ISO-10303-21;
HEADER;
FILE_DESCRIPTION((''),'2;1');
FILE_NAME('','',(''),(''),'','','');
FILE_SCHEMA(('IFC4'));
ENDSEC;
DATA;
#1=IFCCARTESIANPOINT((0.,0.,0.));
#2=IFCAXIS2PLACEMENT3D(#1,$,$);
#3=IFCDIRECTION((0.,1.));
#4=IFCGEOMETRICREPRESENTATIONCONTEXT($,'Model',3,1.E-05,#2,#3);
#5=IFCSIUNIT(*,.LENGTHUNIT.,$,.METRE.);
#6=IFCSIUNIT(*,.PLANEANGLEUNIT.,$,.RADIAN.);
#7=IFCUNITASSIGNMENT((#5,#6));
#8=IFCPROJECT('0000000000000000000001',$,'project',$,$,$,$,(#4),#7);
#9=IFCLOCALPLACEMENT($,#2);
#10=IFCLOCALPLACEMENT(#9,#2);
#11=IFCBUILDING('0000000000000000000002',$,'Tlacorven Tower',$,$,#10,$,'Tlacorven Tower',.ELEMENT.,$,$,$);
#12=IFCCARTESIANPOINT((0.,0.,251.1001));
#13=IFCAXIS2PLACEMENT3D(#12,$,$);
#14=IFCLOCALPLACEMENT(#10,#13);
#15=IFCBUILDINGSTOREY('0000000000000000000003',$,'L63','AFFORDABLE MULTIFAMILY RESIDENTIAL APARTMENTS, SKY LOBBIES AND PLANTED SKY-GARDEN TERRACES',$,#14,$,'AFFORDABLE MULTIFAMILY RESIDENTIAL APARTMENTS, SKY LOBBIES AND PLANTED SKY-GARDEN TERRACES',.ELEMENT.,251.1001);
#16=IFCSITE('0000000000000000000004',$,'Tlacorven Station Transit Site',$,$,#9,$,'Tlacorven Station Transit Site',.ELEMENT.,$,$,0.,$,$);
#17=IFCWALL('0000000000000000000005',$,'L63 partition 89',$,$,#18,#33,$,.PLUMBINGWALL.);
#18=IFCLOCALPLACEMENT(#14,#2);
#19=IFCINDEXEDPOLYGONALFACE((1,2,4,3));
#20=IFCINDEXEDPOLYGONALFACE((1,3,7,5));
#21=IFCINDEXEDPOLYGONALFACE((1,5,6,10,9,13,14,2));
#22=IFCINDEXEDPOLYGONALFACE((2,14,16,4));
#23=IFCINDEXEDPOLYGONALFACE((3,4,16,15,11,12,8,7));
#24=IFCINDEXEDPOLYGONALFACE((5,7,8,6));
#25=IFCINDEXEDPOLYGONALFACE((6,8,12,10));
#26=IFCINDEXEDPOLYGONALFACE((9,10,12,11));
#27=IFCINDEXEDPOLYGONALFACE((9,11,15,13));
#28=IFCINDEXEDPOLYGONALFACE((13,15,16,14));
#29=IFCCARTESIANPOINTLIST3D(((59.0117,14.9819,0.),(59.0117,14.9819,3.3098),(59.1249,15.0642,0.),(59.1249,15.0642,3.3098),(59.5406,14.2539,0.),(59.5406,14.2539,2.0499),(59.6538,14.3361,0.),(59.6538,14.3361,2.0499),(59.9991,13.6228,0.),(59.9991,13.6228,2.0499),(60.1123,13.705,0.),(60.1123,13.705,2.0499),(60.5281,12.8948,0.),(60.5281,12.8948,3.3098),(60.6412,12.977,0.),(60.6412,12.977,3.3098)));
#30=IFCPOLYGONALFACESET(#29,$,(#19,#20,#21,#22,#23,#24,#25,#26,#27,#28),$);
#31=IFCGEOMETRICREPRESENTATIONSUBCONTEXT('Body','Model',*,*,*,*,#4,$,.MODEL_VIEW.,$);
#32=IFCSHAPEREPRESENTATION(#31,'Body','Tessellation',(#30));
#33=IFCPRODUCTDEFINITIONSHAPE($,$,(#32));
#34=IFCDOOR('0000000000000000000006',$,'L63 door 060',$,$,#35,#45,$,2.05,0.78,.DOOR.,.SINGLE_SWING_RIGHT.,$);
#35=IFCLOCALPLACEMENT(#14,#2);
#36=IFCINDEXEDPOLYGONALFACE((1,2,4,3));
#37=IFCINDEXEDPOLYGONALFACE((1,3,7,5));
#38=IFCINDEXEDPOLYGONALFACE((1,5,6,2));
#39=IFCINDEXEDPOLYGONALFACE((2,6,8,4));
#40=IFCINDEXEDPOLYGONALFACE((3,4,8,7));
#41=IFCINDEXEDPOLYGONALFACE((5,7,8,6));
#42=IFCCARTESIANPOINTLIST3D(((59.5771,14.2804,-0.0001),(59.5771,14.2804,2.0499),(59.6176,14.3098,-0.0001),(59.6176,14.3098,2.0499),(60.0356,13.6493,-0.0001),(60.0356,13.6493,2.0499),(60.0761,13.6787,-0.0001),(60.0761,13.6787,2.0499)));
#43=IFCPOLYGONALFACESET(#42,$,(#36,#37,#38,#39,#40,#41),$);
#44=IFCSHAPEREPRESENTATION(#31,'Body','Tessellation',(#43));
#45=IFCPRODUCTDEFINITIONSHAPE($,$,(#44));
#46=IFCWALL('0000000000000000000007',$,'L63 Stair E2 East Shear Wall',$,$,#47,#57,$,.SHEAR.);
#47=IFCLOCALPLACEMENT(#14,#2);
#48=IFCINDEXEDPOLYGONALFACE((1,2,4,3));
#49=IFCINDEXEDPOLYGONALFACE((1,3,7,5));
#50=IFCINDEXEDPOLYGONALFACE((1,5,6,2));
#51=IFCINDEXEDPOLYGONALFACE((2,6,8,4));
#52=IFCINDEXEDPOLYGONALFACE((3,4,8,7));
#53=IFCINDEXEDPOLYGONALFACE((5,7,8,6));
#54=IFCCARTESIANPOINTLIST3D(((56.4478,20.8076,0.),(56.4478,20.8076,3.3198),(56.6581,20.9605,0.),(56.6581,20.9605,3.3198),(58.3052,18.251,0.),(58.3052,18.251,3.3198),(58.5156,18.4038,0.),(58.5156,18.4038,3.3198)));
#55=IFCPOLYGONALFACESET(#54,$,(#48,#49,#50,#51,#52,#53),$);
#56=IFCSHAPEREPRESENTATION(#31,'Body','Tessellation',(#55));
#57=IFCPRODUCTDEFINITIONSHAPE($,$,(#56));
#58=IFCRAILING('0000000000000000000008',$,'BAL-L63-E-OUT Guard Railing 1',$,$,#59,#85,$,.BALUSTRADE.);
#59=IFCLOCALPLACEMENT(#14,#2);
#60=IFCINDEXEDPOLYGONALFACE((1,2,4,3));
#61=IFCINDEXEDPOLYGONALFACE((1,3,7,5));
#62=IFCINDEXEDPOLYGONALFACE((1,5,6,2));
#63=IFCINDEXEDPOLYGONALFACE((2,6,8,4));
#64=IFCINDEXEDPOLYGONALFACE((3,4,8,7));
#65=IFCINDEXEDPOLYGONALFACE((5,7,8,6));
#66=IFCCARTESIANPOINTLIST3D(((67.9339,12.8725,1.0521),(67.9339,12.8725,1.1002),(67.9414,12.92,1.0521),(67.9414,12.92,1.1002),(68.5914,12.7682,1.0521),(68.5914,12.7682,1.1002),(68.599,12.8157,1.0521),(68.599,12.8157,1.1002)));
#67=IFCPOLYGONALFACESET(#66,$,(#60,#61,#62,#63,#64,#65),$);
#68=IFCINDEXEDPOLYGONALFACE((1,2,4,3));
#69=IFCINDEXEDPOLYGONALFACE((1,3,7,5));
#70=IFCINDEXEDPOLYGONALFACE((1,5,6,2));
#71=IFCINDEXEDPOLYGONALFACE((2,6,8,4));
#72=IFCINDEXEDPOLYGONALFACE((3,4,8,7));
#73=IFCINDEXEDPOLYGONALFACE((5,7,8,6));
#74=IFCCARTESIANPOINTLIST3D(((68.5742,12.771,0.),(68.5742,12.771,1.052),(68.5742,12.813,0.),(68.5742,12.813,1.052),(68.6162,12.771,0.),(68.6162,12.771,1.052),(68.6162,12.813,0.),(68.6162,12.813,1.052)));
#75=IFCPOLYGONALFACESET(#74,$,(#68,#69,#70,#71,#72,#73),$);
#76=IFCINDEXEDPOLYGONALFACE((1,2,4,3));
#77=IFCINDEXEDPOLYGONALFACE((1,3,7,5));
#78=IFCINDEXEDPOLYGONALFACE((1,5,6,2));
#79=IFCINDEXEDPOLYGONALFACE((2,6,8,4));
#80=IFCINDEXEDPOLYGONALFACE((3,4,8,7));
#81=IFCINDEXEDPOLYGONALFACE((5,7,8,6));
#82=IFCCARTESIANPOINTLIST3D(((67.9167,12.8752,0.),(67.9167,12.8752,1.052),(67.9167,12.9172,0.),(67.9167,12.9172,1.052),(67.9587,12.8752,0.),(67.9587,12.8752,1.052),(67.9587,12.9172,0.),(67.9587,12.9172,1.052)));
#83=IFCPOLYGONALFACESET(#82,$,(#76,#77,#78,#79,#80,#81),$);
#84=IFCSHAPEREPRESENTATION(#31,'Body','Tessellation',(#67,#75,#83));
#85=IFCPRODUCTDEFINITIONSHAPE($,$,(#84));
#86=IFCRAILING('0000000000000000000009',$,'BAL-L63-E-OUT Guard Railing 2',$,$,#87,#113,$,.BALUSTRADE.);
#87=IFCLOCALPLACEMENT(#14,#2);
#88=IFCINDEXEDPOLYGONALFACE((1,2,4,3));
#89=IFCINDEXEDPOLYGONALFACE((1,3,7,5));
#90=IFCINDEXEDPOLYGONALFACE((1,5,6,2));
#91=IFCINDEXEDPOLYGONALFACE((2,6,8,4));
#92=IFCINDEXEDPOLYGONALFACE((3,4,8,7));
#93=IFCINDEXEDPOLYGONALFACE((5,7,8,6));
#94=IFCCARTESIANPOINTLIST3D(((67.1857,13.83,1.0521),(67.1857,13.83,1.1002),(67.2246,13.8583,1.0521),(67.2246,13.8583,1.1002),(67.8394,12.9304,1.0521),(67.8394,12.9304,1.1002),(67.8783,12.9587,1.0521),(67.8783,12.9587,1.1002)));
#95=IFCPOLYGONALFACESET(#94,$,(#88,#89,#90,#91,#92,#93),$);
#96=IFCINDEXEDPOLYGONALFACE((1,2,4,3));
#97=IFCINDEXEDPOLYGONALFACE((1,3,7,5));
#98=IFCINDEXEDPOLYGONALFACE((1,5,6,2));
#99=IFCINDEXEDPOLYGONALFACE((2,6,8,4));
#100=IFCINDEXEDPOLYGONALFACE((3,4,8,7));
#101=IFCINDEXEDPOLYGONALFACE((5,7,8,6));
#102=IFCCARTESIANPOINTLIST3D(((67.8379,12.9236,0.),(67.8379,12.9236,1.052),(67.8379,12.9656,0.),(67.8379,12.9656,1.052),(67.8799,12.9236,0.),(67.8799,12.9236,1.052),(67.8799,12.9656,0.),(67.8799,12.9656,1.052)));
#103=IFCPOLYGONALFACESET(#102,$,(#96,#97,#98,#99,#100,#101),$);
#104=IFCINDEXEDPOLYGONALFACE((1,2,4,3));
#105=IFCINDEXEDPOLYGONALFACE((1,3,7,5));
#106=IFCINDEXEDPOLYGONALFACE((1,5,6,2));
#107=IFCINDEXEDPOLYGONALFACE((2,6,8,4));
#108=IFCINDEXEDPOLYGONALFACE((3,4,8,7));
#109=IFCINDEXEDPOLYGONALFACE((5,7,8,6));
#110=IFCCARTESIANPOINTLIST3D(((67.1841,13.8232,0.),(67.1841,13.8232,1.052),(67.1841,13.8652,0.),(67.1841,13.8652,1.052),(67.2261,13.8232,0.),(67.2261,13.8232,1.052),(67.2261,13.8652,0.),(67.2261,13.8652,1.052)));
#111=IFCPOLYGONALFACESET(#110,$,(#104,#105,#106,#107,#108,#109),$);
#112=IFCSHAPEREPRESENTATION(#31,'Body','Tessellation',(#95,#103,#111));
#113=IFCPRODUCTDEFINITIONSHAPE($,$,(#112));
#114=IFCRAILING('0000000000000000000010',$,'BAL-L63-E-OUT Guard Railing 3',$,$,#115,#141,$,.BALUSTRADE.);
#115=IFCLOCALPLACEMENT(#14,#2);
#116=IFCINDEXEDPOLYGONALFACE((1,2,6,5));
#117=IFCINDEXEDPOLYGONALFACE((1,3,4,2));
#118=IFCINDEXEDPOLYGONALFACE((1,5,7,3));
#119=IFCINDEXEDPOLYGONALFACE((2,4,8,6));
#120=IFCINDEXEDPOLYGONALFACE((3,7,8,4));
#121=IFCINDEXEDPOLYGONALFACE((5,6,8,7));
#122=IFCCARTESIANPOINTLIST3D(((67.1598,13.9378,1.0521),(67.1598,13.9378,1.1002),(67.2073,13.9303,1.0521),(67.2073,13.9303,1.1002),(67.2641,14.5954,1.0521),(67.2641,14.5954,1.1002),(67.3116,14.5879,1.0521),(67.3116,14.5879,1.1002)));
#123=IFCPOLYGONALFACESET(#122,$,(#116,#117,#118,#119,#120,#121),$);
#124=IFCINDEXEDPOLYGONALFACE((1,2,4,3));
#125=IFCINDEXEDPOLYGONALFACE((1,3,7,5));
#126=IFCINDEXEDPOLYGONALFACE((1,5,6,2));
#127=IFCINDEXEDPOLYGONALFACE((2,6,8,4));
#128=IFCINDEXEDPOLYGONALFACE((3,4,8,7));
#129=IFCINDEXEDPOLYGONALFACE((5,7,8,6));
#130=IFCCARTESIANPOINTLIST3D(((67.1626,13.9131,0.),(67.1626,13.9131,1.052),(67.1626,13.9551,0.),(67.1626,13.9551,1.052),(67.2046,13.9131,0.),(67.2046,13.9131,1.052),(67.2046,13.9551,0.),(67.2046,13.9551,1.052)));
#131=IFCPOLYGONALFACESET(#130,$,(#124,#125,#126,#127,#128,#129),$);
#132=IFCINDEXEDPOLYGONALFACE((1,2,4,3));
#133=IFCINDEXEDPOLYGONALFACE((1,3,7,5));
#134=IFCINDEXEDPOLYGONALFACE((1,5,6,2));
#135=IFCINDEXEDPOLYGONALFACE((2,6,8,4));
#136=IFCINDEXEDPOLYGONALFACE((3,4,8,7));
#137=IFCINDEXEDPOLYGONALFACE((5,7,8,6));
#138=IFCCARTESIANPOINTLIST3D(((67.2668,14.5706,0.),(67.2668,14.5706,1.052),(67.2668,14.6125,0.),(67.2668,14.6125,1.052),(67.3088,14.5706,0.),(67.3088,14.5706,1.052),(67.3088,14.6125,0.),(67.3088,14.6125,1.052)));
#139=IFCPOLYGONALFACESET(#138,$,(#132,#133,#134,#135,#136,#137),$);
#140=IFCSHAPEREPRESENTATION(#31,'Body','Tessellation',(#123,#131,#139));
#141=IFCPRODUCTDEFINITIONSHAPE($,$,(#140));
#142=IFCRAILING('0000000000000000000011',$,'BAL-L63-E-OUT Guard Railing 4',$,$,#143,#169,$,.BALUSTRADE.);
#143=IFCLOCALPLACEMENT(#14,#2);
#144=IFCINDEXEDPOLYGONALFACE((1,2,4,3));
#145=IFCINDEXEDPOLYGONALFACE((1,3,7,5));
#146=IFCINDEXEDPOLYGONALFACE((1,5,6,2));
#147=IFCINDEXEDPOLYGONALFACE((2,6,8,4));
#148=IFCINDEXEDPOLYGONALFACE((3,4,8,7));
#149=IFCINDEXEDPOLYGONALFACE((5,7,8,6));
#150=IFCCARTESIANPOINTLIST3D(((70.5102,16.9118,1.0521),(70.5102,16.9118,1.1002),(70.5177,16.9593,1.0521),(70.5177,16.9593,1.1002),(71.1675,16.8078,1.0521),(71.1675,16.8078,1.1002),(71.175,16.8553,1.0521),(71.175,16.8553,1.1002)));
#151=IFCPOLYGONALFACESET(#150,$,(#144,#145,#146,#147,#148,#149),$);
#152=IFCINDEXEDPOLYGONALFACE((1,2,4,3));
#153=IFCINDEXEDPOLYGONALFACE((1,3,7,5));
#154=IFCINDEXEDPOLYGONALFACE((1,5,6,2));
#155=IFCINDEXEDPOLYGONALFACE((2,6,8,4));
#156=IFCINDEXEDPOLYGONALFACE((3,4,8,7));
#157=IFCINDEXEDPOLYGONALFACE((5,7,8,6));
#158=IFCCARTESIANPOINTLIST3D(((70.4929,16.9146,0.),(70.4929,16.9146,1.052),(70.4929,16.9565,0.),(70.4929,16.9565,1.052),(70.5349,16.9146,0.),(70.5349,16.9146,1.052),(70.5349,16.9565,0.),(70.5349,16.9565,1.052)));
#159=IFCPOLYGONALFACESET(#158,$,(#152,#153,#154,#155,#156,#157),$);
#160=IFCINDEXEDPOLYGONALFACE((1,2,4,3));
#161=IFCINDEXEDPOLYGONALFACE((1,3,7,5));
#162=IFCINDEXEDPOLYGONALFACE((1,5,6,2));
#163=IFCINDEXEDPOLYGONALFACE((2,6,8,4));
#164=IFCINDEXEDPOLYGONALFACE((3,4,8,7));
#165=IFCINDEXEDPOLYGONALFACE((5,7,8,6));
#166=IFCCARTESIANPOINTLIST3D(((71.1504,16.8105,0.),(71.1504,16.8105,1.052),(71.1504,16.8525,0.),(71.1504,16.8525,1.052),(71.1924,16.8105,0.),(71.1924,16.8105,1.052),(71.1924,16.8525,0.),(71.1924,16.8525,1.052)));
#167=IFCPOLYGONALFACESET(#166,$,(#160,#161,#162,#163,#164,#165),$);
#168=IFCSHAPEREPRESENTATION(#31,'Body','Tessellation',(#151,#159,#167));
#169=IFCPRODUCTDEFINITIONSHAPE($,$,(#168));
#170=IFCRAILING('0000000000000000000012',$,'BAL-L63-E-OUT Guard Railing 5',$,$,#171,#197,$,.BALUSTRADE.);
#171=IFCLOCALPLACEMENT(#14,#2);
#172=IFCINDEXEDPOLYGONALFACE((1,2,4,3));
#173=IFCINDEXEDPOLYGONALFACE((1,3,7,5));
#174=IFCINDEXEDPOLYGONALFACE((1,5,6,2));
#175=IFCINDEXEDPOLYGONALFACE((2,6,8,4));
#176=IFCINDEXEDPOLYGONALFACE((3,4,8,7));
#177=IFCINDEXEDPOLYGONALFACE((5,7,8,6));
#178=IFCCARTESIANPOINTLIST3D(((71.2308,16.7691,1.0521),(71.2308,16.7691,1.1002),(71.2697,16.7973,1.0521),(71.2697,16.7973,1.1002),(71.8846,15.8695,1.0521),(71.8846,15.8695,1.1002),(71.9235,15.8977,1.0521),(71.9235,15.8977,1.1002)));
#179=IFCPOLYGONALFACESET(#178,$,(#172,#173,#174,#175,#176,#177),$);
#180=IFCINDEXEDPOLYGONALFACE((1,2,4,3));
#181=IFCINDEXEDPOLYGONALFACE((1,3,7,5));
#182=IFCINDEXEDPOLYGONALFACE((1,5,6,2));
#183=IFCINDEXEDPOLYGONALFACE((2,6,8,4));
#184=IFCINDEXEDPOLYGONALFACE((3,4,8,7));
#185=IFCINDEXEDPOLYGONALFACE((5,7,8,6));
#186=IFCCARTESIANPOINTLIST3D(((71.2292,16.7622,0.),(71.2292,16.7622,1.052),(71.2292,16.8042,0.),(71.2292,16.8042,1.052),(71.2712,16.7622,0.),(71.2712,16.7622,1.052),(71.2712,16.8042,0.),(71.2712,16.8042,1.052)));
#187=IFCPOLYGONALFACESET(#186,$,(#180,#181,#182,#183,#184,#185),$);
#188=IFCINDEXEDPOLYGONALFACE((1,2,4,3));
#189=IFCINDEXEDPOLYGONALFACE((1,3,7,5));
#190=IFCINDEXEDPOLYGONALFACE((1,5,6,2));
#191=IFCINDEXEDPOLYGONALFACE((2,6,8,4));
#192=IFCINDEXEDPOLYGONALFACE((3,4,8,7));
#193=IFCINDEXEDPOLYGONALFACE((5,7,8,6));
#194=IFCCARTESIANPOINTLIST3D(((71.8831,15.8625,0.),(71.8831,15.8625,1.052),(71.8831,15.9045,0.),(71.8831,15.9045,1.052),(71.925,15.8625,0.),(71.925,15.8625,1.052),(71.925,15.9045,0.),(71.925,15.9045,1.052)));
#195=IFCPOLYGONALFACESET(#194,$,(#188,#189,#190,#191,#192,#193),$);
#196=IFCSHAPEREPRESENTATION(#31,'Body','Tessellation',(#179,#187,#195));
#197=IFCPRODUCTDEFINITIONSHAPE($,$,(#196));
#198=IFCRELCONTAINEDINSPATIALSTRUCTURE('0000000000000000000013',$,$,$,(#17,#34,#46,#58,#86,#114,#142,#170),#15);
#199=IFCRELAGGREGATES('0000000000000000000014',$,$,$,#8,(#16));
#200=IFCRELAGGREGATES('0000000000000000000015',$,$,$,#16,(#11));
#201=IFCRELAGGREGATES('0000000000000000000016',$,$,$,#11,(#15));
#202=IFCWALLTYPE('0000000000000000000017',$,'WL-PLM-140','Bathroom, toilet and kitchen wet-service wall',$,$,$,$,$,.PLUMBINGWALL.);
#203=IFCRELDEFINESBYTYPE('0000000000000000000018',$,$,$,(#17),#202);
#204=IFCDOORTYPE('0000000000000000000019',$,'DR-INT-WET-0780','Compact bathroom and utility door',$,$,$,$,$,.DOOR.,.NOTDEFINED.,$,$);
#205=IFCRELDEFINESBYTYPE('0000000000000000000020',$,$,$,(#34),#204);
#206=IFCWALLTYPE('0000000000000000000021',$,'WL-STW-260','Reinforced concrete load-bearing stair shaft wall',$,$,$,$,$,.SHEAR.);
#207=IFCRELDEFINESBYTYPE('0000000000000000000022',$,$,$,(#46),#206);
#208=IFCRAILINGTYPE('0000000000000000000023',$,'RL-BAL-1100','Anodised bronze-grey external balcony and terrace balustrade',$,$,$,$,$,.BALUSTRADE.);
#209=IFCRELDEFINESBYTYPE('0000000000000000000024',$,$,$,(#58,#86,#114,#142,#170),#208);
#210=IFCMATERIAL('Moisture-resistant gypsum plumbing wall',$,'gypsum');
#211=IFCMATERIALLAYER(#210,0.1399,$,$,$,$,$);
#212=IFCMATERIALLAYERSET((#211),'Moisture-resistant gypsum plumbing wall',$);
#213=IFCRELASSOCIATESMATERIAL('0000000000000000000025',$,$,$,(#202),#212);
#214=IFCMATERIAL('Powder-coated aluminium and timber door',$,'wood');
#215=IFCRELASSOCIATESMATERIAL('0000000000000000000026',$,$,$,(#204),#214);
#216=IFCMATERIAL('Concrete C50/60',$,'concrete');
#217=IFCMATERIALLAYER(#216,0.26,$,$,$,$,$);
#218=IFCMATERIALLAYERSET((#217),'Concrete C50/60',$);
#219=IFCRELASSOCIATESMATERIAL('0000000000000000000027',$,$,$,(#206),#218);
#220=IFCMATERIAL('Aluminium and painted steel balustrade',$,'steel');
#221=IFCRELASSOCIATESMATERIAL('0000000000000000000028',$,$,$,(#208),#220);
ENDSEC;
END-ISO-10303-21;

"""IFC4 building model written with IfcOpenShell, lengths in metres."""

from ifc_helpers import new_model, si_unit, direction, frame, frame_2d, origin, origin_2d, place, context, subcontext, project, spatial, rectangle, extrude, source, transform, mapped, material, layer, layer_set, type_object, element, fill, save


model = new_model("IFC4")

# Units and contexts
model_context = context("Model", 3, precision=1e-05, world=origin(), true_north=direction((0.0, 1.0)))
body_context = subcontext(model_context, "Body", "Model", "MODEL_VIEW")
ifc_project = project(units=[si_unit("LENGTHUNIT", "METRE"), si_unit("PLANEANGLEUNIT", "RADIAN")], contexts=[model_context])

# Site, building, storey
site_placement = place(None, origin())
site = spatial("IfcSite", under=ifc_project, at=site_placement, Name="Tlacorven Station Transit Site", LongName="Tlacorven Station Transit Site", CompositionType="ELEMENT", RefElevation=0.0)
building_placement = place(site_placement, origin())
building = spatial("IfcBuilding", under=site, at=building_placement, Name="Tlacorven Tower", LongName="Tlacorven Tower", CompositionType="ELEMENT")
storey_placement = place(building_placement, frame((0.0, 0.0, 251.1001)))
storey = spatial("IfcBuildingStorey", under=building, at=storey_placement, Name="L63", Description="AFFORDABLE MULTIFAMILY RESIDENTIAL APARTMENTS, SKY LOBBIES AND PLANTED SKY-GARDEN TERRACES", LongName="AFFORDABLE MULTIFAMILY RESIDENTIAL APARTMENTS, SKY LOBBIES AND PLANTED SKY-GARDEN TERRACES", CompositionType="ELEMENT", Elevation=251.1001)

# Shared definitions
ifc_material_1 = material(Name="Powder-coated aluminium and timber door", Category="wood")

# Wall, opening, door
ifc_material_2 = material(Name="Moisture-resistant gypsum plumbing wall", Category="gypsum")
ifc_layer_1 = layer(ifc_material_2, 0.1399)
ifc_layer_set_1 = layer_set([ifc_layer_1], Name="Moisture-resistant gypsum plumbing wall")
wall_type_1 = type_object("IfcWallType", Name="WL-PLM-140", Description="Bathroom, toilet and kitchen wet-service wall", PredefinedType="PLUMBINGWALL", material=ifc_layer_set_1)
wall_1_placement = place(storey_placement, frame((60.5847, 12.9358, 0.0), z_axis=(0.0, 0.0, 1.0), x_axis=(-0.587772, 0.809027, 0.0)))
wall_1 = element("IfcWall", 1, at=wall_1_placement, inside=storey, type_object=wall_type_1, Name="L63 partition 89", PredefinedType="PLUMBINGWALL", context=body_context, shape_type="SweptSolid", body=[
    extrude(rectangle(XDim=2.5798, YDim=0.1399, at=frame_2d((1.29, 0.0))), origin(), (0.0, 0.0, 1.0), 3.3098),
])
opening_1_placement = place(wall_1_placement, frame((0.8999, 0.0, 0.0)))
opening_1 = element("IfcOpeningElement", 2, at=opening_1_placement, cuts=wall_1, PredefinedType="OPENING", context=body_context, shape_type="SweptSolid", body=[
    extrude(rectangle(XDim=0.78, YDim=2.05, at=frame_2d((0.3901, 1.0249))), frame((0.0, 0.0801, 0.0), z_axis=(0.0, -1.0, 0.0), x_axis=(1.0, 0.0, 0.0)), (0.0, 0.0, 1.0), 0.1599),
])
door_type_1 = type_object("IfcDoorType", Name="DR-INT-WET-0780", Description="Compact bathroom and utility door", OperationType="NOTDEFINED", PredefinedType="DOOR", material=ifc_material_1)
shared_shape_1 = source(origin(), body_context, "Body", "SweptSolid", [
    extrude(rectangle(XDim=0.78, YDim=2.05, at=frame_2d((0.3901, 1.0249))), frame((0.0, 0.0249, 0.0), z_axis=(0.0, -1.0, 0.0), x_axis=(1.0, 0.0, 0.0)), (0.0, 0.0, 1.0), 0.05),
])
door_1_placement = place(opening_1_placement, origin())
door_1 = element("IfcDoor", 3, at=door_1_placement, inside=storey, type_object=door_type_1, Name="L63 door 060", OperationType="SINGLE_SWING_RIGHT", OverallHeight=2.05, OverallWidth=0.78, PredefinedType="DOOR", context=body_context, shape_type="MappedRepresentation", body=[
    mapped(shared_shape_1, transform((0.0, 0.0, 0.0), scale=1.0)),
])
fill(opening_1, door_1)

# Wall
ifc_material_3 = material(Name="Concrete C50/60", Category="concrete")
ifc_layer_2 = layer(ifc_material_3, 0.26)
ifc_layer_set_2 = layer_set([ifc_layer_2], Name="Concrete C50/60")
wall_type_2 = type_object("IfcWallType", Name="WL-STW-260", Description="Reinforced concrete load-bearing stair shaft wall", PredefinedType="SHEAR", material=ifc_layer_set_2)
wall_2_placement = place(storey_placement, frame((58.4104, 18.3274, 0.0), z_axis=(0.0, 0.0, 1.0), x_axis=(-0.587767, 0.80903, 0.0)))
element("IfcWall", 4, at=wall_2_placement, inside=storey, type_object=wall_type_2, Name="L63 Stair E2 East Shear Wall", PredefinedType="SHEAR", context=body_context, shape_type="SweptSolid", body=[
    extrude(rectangle(XDim=3.1602, YDim=0.26, at=frame_2d((1.5801, 0.0))), origin(), (0.0, 0.0, 1.0), 3.3198),
])

# Railings
ifc_material_4 = material(Name="Aluminium and painted steel balustrade", Category="steel")
railing_type = type_object("IfcRailingType", Name="RL-BAL-1100", Description="Anodised bronze-grey external balcony and terrace balustrade", PredefinedType="BALUSTRADE", material=ifc_material_4)
shared_shape_2 = source(origin(), body_context, "Body", "SweptSolid", [
    extrude(rectangle(XDim=0.0481, YDim=0.0481, at=origin_2d()), frame((0.0, 0.0, 1.0762), z_axis=(-0.987662, 0.156603, 0.0), x_axis=(-0.156603, -0.987662, 0.0)), (0.0, 0.0, 1.0), 0.6658),
    extrude(rectangle(XDim=0.042, YDim=0.042, at=origin_2d()), origin(), (0.0, 0.0, 1.0), 1.052),
    extrude(rectangle(XDim=0.042, YDim=0.042, at=origin_2d()), frame((-0.6575, 0.1042, 0.0)), (0.0, 0.0, 1.0), 1.052),
])
railing_1_placement = place(storey_placement, frame((68.5952, 12.792, 0.0)))
element("IfcRailing", 5, at=railing_1_placement, inside=storey, type_object=railing_type, Name="BAL-L63-E-OUT Guard Railing 1", PredefinedType="BALUSTRADE", context=body_context, shape_type="MappedRepresentation", body=[
    mapped(shared_shape_2, transform((0.0, 0.0, 0.0), scale=1.0)),
])
shared_shape_3 = source(origin(), body_context, "Body", "SweptSolid", [
    extrude(rectangle(XDim=0.0481, YDim=0.0481, at=origin_2d()), frame((0.0, 0.0, 1.0762), z_axis=(-0.587884, 0.808945, 0.0), x_axis=(-0.808945, -0.587884, 0.0)), (0.0, 0.0, 1.0), 1.1121),
    extrude(rectangle(XDim=0.042, YDim=0.042, at=origin_2d()), origin(), (0.0, 0.0, 1.0), 1.052),
    extrude(rectangle(XDim=0.042, YDim=0.042, at=origin_2d()), frame((-0.6538, 0.8997, 0.0)), (0.0, 0.0, 1.0), 1.052),
])
railing_2_placement = place(storey_placement, frame((67.8589, 12.9446, 0.0)))
element("IfcRailing", 6, at=railing_2_placement, inside=storey, type_object=railing_type, Name="BAL-L63-E-OUT Guard Railing 2", PredefinedType="BALUSTRADE", context=body_context, shape_type="MappedRepresentation", body=[
    mapped(shared_shape_3, transform((0.0, 0.0, 0.0), scale=1.0)),
])
shared_shape_4 = source(origin(), body_context, "Body", "SweptSolid", [
    extrude(rectangle(XDim=0.0481, YDim=0.0481, at=origin_2d()), frame((0.0, 0.0, 1.0762), z_axis=(0.156603, 0.987662, 0.0), x_axis=(-0.987662, 0.156603, 0.0)), (0.0, 0.0, 1.0), 0.6658),
    extrude(rectangle(XDim=0.042, YDim=0.042, at=origin_2d()), origin(), (0.0, 0.0, 1.0), 1.052),
    extrude(rectangle(XDim=0.042, YDim=0.042, at=origin_2d()), frame((0.1042, 0.6575, 0.0)), (0.0, 0.0, 1.0), 1.052),
])
railing_3_placement = place(storey_placement, frame((67.1836, 13.9341, 0.0)))
element("IfcRailing", 7, at=railing_3_placement, inside=storey, type_object=railing_type, Name="BAL-L63-E-OUT Guard Railing 3", PredefinedType="BALUSTRADE", context=body_context, shape_type="MappedRepresentation", body=[
    mapped(shared_shape_4, transform((0.0, 0.0, 0.0), scale=1.0)),
])
shared_shape_5 = source(origin(), body_context, "Body", "SweptSolid", [
    extrude(rectangle(XDim=0.0481, YDim=0.0481, at=origin_2d()), frame((0.0, 0.0, 1.0762), z_axis=(0.987718, -0.156245, 0.0), x_axis=(0.156245, 0.987718, 0.0)), (0.0, 0.0, 1.0), 0.6655),
    extrude(rectangle(XDim=0.042, YDim=0.042, at=origin_2d()), origin(), (0.0, 0.0, 1.0), 1.052),
    extrude(rectangle(XDim=0.042, YDim=0.042, at=origin_2d()), frame((0.6575, -0.104, 0.0)), (0.0, 0.0, 1.0), 1.052),
])
railing_4_placement = place(storey_placement, frame((70.5139, 16.9355, 0.0)))
element("IfcRailing", 8, at=railing_4_placement, inside=storey, type_object=railing_type, Name="BAL-L63-E-OUT Guard Railing 4", PredefinedType="BALUSTRADE", context=body_context, shape_type="MappedRepresentation", body=[
    mapped(shared_shape_5, transform((0.0, 0.0, 0.0), scale=1.0)),
])
shared_shape_6 = source(origin(), body_context, "Body", "SweptSolid", [
    extrude(rectangle(XDim=0.0481, YDim=0.0481, at=origin_2d()), frame((0.0, 0.0, 1.0762), z_axis=(0.587884, -0.808945, 0.0), x_axis=(0.808945, 0.587884, 0.0)), (0.0, 0.0, 1.0), 1.1121),
    extrude(rectangle(XDim=0.042, YDim=0.042, at=origin_2d()), origin(), (0.0, 0.0, 1.0), 1.052),
    extrude(rectangle(XDim=0.042, YDim=0.042, at=origin_2d()), frame((0.6538, -0.8997, 0.0)), (0.0, 0.0, 1.0), 1.052),
])
railing_5_placement = place(storey_placement, frame((71.2502, 16.7832, 0.0)))
element("IfcRailing", 9, at=railing_5_placement, inside=storey, type_object=railing_type, Name="BAL-L63-E-OUT Guard Railing 5", PredefinedType="BALUSTRADE", context=body_context, shape_type="MappedRepresentation", body=[
    mapped(shared_shape_6, transform((0.0, 0.0, 0.0), scale=1.0)),
])

save(model, "model.ifc")
